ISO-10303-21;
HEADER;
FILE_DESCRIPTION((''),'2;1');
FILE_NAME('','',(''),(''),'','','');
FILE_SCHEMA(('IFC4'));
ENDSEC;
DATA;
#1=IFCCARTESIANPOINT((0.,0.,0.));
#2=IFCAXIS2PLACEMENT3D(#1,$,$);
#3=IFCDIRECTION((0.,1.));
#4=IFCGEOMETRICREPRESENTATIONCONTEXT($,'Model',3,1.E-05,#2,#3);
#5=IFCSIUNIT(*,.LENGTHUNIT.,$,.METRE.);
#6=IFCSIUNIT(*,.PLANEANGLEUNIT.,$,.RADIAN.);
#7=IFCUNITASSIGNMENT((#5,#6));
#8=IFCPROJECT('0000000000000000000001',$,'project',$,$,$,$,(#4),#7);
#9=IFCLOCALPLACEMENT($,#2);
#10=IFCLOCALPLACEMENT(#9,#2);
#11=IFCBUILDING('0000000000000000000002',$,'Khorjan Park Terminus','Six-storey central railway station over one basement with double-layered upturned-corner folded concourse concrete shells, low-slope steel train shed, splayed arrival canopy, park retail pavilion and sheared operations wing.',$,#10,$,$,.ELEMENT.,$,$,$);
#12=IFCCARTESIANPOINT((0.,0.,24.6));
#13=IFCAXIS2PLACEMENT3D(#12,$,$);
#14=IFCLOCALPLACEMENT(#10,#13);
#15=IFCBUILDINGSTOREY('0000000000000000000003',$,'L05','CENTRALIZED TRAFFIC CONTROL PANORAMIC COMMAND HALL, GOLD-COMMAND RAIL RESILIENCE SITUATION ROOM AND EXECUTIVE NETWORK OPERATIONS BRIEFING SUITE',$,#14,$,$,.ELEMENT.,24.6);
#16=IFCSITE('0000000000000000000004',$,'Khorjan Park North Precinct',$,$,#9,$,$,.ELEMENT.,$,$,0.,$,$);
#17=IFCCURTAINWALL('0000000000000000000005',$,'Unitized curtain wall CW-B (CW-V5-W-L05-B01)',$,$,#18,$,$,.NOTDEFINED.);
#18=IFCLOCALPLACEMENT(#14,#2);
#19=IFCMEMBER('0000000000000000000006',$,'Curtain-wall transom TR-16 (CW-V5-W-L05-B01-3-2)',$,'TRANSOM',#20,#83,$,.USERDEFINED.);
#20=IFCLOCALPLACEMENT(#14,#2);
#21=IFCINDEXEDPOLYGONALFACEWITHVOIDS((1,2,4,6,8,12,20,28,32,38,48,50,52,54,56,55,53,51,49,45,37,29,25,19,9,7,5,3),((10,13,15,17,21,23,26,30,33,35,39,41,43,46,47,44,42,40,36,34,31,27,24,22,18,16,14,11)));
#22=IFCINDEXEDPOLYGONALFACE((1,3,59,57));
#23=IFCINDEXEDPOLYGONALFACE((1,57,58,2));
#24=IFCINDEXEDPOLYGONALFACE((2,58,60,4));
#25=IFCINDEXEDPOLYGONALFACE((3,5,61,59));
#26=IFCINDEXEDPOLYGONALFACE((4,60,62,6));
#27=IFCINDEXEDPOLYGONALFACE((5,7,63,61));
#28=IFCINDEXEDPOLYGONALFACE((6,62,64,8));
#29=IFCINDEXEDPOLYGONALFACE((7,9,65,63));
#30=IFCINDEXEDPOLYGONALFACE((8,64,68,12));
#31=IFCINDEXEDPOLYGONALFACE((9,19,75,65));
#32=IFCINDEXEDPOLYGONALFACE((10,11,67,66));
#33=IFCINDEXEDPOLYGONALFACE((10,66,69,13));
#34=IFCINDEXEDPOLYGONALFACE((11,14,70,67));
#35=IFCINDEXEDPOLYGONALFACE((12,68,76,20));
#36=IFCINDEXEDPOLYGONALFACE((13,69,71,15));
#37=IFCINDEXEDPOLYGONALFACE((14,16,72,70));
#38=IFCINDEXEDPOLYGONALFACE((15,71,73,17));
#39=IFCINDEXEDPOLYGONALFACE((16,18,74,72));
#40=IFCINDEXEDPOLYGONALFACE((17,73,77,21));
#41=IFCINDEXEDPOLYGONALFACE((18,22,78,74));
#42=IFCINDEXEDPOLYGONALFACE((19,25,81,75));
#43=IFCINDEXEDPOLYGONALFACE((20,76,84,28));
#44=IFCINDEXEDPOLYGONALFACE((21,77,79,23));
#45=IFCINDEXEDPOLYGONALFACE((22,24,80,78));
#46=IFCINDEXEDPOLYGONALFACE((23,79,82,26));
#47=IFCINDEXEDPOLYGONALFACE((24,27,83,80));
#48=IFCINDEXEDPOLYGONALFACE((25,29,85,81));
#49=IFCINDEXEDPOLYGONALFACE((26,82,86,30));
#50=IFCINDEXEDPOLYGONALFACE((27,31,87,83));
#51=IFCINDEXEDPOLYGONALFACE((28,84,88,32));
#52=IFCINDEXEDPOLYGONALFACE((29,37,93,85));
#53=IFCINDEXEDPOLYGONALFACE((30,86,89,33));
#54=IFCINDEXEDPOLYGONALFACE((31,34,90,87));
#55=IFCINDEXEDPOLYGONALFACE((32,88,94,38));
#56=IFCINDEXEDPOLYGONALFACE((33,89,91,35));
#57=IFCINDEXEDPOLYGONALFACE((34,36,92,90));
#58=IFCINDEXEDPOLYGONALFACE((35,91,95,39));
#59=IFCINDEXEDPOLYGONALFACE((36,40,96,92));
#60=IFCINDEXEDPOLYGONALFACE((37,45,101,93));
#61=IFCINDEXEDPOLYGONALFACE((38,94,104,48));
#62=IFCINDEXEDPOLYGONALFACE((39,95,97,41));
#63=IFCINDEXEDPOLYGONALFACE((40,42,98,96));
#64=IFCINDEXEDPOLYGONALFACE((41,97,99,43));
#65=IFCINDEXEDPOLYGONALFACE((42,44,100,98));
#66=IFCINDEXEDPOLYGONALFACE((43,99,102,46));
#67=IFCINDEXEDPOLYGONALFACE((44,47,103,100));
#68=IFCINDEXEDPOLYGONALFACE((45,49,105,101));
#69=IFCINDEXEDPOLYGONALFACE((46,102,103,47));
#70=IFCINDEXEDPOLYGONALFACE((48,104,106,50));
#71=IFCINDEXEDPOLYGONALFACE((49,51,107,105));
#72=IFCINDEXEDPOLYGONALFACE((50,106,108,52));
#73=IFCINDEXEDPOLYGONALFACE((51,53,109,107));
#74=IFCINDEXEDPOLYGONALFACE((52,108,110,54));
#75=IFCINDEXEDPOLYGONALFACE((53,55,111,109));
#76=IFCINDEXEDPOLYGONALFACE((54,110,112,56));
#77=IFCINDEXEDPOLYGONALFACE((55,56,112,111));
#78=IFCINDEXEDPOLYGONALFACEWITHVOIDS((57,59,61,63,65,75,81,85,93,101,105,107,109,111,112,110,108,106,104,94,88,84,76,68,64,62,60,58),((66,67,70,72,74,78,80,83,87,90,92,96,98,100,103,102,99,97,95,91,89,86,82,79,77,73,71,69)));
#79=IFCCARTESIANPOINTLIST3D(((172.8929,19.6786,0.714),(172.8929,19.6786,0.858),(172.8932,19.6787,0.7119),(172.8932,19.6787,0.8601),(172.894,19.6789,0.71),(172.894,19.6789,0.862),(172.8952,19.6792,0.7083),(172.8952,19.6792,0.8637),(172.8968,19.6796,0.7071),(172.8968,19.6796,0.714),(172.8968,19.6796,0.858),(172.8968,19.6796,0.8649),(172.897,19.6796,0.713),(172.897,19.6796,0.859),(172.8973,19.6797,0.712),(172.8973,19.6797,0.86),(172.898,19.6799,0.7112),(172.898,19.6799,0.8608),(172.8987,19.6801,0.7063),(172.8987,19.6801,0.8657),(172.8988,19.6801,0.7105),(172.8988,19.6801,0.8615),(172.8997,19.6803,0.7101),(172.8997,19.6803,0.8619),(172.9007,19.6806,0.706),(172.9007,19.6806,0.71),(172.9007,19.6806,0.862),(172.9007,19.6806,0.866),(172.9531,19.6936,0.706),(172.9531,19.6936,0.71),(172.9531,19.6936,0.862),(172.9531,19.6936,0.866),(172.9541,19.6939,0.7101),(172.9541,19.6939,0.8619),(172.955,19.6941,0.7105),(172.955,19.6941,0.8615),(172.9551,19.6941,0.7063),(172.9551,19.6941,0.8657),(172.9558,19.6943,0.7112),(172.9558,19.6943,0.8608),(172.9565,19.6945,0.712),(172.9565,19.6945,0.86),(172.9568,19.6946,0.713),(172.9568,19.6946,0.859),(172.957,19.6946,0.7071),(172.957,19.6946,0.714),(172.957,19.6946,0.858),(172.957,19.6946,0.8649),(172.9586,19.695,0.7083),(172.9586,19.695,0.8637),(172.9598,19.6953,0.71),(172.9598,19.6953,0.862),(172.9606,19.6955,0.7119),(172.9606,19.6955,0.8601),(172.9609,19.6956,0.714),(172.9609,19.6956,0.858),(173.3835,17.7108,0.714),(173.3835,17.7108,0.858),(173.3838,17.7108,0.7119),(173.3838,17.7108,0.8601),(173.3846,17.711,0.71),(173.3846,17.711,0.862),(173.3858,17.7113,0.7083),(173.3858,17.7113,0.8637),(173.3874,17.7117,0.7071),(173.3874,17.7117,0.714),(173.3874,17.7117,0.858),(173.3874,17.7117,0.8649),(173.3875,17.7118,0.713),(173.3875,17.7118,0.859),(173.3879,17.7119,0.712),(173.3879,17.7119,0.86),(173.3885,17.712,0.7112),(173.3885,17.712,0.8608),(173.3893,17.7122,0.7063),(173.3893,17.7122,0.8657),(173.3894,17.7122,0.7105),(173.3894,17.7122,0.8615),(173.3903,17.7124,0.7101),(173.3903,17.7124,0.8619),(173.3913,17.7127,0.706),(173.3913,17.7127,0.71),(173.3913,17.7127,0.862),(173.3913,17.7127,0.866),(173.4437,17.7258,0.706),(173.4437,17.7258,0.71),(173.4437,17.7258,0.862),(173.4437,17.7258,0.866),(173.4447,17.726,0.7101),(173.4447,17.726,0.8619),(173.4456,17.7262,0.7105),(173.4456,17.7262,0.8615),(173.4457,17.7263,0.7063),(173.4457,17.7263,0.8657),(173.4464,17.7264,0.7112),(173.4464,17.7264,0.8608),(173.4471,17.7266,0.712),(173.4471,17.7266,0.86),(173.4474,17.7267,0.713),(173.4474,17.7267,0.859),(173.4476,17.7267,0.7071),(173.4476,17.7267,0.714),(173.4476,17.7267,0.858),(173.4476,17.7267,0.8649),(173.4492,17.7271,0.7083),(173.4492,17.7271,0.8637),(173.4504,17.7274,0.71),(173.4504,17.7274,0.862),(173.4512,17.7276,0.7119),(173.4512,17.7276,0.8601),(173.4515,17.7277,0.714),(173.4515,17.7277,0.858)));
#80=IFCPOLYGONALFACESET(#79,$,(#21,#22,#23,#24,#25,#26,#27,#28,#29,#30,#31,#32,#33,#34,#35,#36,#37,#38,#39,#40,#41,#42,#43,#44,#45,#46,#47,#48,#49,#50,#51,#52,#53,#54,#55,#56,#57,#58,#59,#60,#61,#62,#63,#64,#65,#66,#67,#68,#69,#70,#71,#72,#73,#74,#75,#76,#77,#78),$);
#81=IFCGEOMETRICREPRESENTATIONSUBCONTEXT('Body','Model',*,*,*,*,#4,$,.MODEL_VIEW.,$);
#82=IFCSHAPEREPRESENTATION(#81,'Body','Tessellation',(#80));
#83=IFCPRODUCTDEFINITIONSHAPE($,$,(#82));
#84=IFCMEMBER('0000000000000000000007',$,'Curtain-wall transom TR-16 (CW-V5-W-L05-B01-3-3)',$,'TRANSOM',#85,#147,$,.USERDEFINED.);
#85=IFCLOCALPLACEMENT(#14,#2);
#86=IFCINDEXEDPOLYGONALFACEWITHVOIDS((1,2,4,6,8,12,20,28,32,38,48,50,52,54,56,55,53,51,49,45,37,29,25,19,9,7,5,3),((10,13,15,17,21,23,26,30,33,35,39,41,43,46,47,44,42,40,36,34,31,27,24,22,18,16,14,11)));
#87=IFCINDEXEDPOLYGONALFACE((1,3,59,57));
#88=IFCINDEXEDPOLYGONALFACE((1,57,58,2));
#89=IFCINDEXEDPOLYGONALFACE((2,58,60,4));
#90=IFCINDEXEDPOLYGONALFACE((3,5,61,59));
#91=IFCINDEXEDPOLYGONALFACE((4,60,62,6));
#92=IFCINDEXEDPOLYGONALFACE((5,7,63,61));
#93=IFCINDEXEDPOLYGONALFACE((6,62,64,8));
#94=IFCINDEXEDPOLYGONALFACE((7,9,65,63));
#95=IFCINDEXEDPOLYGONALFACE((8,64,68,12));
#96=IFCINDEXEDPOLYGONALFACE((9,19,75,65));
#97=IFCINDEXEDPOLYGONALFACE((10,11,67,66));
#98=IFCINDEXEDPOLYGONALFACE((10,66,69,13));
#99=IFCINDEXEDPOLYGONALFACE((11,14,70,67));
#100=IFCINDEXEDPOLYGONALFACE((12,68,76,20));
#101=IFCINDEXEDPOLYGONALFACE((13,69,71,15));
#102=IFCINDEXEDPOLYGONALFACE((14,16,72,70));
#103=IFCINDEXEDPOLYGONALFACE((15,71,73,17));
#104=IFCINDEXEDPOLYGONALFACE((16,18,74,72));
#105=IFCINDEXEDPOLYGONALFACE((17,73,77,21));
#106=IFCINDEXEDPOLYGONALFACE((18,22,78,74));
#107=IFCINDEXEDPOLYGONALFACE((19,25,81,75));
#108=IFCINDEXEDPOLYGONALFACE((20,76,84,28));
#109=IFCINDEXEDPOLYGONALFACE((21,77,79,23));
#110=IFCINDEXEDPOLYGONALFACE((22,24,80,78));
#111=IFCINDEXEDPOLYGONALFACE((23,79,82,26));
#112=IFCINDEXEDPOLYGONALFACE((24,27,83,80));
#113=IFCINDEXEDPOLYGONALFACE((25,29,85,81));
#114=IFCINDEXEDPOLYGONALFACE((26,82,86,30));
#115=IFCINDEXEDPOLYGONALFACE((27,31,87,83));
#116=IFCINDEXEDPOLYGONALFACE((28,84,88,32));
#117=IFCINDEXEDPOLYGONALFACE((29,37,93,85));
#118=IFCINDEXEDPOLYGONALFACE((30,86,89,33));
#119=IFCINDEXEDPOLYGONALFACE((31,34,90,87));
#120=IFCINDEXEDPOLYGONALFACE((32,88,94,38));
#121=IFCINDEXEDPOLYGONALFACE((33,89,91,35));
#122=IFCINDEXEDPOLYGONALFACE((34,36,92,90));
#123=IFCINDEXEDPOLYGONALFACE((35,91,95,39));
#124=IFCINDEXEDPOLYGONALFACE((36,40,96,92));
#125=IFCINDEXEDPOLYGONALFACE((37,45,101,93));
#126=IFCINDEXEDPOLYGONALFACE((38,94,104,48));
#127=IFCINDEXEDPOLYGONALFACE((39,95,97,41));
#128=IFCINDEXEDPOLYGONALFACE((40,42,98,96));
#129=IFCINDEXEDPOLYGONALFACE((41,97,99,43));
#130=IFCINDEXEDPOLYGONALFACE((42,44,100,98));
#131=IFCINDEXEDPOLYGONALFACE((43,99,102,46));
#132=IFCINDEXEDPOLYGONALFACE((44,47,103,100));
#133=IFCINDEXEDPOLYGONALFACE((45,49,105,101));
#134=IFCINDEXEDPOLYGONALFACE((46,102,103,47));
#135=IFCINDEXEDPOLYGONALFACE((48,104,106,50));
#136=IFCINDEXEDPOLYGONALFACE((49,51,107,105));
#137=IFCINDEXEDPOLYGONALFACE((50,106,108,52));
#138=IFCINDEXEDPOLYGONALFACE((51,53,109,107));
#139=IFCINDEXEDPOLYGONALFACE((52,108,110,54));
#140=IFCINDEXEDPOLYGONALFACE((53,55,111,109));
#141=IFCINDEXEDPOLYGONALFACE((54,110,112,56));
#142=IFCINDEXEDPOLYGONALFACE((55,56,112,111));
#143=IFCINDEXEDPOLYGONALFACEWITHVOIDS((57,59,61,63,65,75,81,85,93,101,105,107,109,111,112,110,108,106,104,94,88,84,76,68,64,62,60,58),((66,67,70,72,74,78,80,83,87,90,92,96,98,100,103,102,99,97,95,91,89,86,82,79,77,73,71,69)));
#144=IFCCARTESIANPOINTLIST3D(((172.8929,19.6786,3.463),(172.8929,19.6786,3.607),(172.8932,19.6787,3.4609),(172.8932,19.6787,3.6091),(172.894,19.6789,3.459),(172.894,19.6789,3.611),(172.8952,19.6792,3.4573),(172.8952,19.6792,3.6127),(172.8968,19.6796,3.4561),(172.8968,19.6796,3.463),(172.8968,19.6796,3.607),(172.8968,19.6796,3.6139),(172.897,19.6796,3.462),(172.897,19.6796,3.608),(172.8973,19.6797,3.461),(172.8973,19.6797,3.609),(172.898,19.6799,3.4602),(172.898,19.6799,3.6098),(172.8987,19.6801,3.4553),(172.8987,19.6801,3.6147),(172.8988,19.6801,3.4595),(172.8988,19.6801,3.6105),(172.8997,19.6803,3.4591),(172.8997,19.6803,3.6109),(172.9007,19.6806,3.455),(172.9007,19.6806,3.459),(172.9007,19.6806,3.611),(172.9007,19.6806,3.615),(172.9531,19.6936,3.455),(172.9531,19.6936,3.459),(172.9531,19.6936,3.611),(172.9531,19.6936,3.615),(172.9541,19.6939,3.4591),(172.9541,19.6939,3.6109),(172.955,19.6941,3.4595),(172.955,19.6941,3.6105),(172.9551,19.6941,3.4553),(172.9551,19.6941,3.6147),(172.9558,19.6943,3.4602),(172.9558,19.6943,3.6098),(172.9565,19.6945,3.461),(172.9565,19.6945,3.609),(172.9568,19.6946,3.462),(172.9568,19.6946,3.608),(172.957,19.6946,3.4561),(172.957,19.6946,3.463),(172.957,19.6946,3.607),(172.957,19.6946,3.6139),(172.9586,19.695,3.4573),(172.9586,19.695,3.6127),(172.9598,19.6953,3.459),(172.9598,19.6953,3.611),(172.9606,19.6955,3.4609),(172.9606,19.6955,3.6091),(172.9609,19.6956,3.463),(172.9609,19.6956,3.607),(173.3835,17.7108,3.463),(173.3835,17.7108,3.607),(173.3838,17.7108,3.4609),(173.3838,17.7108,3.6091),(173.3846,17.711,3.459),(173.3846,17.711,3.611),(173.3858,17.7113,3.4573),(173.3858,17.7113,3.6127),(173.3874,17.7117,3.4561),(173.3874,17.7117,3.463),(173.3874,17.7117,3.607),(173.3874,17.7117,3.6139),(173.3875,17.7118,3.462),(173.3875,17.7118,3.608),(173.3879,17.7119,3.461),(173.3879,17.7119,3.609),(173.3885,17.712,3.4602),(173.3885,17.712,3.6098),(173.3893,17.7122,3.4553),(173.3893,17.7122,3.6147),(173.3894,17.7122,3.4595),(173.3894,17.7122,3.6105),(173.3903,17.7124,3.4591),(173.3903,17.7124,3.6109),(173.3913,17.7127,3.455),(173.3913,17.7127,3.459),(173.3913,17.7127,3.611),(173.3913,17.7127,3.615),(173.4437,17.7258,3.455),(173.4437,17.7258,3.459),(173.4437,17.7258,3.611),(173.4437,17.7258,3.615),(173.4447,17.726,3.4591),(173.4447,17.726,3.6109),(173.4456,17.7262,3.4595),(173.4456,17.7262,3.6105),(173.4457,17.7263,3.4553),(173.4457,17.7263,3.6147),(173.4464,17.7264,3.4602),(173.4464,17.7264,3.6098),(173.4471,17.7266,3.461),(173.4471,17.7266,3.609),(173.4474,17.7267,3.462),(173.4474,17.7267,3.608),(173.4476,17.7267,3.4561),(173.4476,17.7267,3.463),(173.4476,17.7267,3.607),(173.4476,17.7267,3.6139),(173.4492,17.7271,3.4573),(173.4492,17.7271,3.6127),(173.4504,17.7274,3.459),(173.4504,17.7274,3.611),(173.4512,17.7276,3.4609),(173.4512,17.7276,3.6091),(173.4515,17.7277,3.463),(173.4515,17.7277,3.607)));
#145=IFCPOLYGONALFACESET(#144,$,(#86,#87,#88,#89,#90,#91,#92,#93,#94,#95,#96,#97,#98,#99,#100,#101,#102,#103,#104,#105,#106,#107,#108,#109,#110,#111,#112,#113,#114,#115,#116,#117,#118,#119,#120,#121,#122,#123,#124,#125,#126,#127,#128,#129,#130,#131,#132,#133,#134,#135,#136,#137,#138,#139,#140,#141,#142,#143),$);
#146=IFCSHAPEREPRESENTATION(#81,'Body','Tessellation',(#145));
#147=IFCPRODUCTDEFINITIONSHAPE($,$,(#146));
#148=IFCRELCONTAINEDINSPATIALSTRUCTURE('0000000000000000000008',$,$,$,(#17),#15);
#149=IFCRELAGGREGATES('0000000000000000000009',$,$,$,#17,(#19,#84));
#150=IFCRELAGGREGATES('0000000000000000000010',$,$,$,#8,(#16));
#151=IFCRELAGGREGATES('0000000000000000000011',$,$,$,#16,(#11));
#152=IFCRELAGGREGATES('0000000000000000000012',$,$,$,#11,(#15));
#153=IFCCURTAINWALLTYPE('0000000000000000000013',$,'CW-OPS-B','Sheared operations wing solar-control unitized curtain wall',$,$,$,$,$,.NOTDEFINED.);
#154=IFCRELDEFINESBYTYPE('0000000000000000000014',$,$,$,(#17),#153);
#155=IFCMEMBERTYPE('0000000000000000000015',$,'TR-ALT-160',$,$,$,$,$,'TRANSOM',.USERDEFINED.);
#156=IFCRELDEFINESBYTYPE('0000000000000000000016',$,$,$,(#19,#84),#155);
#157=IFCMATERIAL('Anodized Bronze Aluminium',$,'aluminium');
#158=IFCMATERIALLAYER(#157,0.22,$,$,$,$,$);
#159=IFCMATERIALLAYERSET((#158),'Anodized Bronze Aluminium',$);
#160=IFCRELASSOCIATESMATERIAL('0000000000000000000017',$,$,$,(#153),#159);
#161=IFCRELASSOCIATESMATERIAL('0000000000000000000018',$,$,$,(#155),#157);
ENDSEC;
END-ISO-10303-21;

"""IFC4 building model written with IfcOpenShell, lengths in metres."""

from ifc_helpers import new_model, si_unit, direction, frame, origin, origin_2d, place, context, subcontext, project, spatial, hollow_rectangle, extrude, material, layer, layer_set, material_profile, profile_set, type_object, element, aggregate, save


model = new_model("IFC4")

# Units and contexts
model_context = context("Model", 3, precision=1e-05, world=origin(), true_north=direction((0.0, 1.0)))
body_context = subcontext(model_context, "Body", "Model", "MODEL_VIEW")
ifc_project = project(units=[si_unit("LENGTHUNIT", "METRE"), si_unit("PLANEANGLEUNIT", "RADIAN")], contexts=[model_context])

# Site, building, storey
site_placement = place(None, origin())
site = spatial("IfcSite", under=ifc_project, at=site_placement, Name="Khorjan Park North Precinct", CompositionType="ELEMENT", RefElevation=0.0)
building_placement = place(site_placement, origin())
building = spatial("IfcBuilding", under=site, at=building_placement, Name="Khorjan Park Terminus", Description="Six-storey central railway station over one basement with double-layered upturned-corner folded concourse concrete shells, low-slope steel train shed, splayed arrival canopy, park retail pavilion and sheared operations wing.", CompositionType="ELEMENT")
storey_placement = place(building_placement, frame((0.0, 0.0, 24.6)))
storey = spatial("IfcBuildingStorey", under=building, at=storey_placement, Name="L05", Description="CENTRALIZED TRAFFIC CONTROL PANORAMIC COMMAND HALL, GOLD-COMMAND RAIL RESILIENCE SITUATION ROOM AND EXECUTIVE NETWORK OPERATIONS BRIEFING SUITE", CompositionType="ELEMENT", Elevation=24.6)

# Shared definitions
ifc_material_1 = material(Name="Anodized Bronze Aluminium", Category="aluminium")
ifc_layer_1 = layer(ifc_material_1, 0.22)
ifc_layer_set_1 = layer_set([ifc_layer_1], Name="Anodized Bronze Aluminium")
curtain_wall_type = type_object("IfcCurtainWallType", Name="CW-OPS-B", Description="Sheared operations wing solar-control unitized curtain wall", PredefinedType="NOTDEFINED", material=ifc_layer_set_1)

# Curtain wall
curtain_wall_1_placement = place(storey_placement, origin())
curtain_wall_1 = element("IfcCurtainWall", 1, at=curtain_wall_1_placement, inside=storey, type_object=curtain_wall_type, Name="Unitized curtain wall CW-B (CW-V5-W-L05-B01)", PredefinedType="NOTDEFINED")

# Members
ifc_material_profile_1 = material_profile(ifc_material_1, hollow_rectangle(XDim=0.07, YDim=0.16, WallThickness=0.004, InnerFilletRadius=0.004, OuterFilletRadius=0.008, at=origin_2d()), Name="ALT 70x160x4")
ifc_profile_set_1 = profile_set([ifc_material_profile_1], Name="Anodized Bronze Aluminium")
member_type_1 = type_object("IfcMemberType", Name="TR-ALT-160", ElementType="TRANSOM", PredefinedType="USERDEFINED", material=ifc_profile_set_1)
member_1_placement = place(storey_placement, frame((172.9269, 19.6871, 0.786), z_axis=(0.241897, -0.970302, 0.0), x_axis=(0.970302, 0.241897, 0.0)))
member_1 = element("IfcMember", 2, at=member_1_placement, type_object=member_type_1, Name="Curtain-wall transom TR-16 (CW-V5-W-L05-B01-3-2)", ObjectType="TRANSOM", PredefinedType="USERDEFINED", context=body_context, shape_type="SweptSolid", body=[
    extrude(hollow_rectangle(XDim=0.07, YDim=0.16, WallThickness=0.004, InnerFilletRadius=0.004, OuterFilletRadius=0.008, at=origin_2d()), origin(), (0.0, 0.0, 1.0), 2.0281),
])
member_2_placement = place(storey_placement, frame((172.9269, 19.6871, 3.535), z_axis=(0.241897, -0.970302, 0.0), x_axis=(0.970302, 0.241897, 0.0)))
member_2 = element("IfcMember", 3, at=member_2_placement, type_object=member_type_1, Name="Curtain-wall transom TR-16 (CW-V5-W-L05-B01-3-3)", ObjectType="TRANSOM", PredefinedType="USERDEFINED", context=body_context, shape_type="SweptSolid", body=[
    extrude(hollow_rectangle(XDim=0.07, YDim=0.16, WallThickness=0.004, InnerFilletRadius=0.004, OuterFilletRadius=0.008, at=origin_2d()), origin(), (0.0, 0.0, 1.0), 2.0281),
])

aggregate(curtain_wall_1, [member_1, member_2])

save(model, "model.ifc")
